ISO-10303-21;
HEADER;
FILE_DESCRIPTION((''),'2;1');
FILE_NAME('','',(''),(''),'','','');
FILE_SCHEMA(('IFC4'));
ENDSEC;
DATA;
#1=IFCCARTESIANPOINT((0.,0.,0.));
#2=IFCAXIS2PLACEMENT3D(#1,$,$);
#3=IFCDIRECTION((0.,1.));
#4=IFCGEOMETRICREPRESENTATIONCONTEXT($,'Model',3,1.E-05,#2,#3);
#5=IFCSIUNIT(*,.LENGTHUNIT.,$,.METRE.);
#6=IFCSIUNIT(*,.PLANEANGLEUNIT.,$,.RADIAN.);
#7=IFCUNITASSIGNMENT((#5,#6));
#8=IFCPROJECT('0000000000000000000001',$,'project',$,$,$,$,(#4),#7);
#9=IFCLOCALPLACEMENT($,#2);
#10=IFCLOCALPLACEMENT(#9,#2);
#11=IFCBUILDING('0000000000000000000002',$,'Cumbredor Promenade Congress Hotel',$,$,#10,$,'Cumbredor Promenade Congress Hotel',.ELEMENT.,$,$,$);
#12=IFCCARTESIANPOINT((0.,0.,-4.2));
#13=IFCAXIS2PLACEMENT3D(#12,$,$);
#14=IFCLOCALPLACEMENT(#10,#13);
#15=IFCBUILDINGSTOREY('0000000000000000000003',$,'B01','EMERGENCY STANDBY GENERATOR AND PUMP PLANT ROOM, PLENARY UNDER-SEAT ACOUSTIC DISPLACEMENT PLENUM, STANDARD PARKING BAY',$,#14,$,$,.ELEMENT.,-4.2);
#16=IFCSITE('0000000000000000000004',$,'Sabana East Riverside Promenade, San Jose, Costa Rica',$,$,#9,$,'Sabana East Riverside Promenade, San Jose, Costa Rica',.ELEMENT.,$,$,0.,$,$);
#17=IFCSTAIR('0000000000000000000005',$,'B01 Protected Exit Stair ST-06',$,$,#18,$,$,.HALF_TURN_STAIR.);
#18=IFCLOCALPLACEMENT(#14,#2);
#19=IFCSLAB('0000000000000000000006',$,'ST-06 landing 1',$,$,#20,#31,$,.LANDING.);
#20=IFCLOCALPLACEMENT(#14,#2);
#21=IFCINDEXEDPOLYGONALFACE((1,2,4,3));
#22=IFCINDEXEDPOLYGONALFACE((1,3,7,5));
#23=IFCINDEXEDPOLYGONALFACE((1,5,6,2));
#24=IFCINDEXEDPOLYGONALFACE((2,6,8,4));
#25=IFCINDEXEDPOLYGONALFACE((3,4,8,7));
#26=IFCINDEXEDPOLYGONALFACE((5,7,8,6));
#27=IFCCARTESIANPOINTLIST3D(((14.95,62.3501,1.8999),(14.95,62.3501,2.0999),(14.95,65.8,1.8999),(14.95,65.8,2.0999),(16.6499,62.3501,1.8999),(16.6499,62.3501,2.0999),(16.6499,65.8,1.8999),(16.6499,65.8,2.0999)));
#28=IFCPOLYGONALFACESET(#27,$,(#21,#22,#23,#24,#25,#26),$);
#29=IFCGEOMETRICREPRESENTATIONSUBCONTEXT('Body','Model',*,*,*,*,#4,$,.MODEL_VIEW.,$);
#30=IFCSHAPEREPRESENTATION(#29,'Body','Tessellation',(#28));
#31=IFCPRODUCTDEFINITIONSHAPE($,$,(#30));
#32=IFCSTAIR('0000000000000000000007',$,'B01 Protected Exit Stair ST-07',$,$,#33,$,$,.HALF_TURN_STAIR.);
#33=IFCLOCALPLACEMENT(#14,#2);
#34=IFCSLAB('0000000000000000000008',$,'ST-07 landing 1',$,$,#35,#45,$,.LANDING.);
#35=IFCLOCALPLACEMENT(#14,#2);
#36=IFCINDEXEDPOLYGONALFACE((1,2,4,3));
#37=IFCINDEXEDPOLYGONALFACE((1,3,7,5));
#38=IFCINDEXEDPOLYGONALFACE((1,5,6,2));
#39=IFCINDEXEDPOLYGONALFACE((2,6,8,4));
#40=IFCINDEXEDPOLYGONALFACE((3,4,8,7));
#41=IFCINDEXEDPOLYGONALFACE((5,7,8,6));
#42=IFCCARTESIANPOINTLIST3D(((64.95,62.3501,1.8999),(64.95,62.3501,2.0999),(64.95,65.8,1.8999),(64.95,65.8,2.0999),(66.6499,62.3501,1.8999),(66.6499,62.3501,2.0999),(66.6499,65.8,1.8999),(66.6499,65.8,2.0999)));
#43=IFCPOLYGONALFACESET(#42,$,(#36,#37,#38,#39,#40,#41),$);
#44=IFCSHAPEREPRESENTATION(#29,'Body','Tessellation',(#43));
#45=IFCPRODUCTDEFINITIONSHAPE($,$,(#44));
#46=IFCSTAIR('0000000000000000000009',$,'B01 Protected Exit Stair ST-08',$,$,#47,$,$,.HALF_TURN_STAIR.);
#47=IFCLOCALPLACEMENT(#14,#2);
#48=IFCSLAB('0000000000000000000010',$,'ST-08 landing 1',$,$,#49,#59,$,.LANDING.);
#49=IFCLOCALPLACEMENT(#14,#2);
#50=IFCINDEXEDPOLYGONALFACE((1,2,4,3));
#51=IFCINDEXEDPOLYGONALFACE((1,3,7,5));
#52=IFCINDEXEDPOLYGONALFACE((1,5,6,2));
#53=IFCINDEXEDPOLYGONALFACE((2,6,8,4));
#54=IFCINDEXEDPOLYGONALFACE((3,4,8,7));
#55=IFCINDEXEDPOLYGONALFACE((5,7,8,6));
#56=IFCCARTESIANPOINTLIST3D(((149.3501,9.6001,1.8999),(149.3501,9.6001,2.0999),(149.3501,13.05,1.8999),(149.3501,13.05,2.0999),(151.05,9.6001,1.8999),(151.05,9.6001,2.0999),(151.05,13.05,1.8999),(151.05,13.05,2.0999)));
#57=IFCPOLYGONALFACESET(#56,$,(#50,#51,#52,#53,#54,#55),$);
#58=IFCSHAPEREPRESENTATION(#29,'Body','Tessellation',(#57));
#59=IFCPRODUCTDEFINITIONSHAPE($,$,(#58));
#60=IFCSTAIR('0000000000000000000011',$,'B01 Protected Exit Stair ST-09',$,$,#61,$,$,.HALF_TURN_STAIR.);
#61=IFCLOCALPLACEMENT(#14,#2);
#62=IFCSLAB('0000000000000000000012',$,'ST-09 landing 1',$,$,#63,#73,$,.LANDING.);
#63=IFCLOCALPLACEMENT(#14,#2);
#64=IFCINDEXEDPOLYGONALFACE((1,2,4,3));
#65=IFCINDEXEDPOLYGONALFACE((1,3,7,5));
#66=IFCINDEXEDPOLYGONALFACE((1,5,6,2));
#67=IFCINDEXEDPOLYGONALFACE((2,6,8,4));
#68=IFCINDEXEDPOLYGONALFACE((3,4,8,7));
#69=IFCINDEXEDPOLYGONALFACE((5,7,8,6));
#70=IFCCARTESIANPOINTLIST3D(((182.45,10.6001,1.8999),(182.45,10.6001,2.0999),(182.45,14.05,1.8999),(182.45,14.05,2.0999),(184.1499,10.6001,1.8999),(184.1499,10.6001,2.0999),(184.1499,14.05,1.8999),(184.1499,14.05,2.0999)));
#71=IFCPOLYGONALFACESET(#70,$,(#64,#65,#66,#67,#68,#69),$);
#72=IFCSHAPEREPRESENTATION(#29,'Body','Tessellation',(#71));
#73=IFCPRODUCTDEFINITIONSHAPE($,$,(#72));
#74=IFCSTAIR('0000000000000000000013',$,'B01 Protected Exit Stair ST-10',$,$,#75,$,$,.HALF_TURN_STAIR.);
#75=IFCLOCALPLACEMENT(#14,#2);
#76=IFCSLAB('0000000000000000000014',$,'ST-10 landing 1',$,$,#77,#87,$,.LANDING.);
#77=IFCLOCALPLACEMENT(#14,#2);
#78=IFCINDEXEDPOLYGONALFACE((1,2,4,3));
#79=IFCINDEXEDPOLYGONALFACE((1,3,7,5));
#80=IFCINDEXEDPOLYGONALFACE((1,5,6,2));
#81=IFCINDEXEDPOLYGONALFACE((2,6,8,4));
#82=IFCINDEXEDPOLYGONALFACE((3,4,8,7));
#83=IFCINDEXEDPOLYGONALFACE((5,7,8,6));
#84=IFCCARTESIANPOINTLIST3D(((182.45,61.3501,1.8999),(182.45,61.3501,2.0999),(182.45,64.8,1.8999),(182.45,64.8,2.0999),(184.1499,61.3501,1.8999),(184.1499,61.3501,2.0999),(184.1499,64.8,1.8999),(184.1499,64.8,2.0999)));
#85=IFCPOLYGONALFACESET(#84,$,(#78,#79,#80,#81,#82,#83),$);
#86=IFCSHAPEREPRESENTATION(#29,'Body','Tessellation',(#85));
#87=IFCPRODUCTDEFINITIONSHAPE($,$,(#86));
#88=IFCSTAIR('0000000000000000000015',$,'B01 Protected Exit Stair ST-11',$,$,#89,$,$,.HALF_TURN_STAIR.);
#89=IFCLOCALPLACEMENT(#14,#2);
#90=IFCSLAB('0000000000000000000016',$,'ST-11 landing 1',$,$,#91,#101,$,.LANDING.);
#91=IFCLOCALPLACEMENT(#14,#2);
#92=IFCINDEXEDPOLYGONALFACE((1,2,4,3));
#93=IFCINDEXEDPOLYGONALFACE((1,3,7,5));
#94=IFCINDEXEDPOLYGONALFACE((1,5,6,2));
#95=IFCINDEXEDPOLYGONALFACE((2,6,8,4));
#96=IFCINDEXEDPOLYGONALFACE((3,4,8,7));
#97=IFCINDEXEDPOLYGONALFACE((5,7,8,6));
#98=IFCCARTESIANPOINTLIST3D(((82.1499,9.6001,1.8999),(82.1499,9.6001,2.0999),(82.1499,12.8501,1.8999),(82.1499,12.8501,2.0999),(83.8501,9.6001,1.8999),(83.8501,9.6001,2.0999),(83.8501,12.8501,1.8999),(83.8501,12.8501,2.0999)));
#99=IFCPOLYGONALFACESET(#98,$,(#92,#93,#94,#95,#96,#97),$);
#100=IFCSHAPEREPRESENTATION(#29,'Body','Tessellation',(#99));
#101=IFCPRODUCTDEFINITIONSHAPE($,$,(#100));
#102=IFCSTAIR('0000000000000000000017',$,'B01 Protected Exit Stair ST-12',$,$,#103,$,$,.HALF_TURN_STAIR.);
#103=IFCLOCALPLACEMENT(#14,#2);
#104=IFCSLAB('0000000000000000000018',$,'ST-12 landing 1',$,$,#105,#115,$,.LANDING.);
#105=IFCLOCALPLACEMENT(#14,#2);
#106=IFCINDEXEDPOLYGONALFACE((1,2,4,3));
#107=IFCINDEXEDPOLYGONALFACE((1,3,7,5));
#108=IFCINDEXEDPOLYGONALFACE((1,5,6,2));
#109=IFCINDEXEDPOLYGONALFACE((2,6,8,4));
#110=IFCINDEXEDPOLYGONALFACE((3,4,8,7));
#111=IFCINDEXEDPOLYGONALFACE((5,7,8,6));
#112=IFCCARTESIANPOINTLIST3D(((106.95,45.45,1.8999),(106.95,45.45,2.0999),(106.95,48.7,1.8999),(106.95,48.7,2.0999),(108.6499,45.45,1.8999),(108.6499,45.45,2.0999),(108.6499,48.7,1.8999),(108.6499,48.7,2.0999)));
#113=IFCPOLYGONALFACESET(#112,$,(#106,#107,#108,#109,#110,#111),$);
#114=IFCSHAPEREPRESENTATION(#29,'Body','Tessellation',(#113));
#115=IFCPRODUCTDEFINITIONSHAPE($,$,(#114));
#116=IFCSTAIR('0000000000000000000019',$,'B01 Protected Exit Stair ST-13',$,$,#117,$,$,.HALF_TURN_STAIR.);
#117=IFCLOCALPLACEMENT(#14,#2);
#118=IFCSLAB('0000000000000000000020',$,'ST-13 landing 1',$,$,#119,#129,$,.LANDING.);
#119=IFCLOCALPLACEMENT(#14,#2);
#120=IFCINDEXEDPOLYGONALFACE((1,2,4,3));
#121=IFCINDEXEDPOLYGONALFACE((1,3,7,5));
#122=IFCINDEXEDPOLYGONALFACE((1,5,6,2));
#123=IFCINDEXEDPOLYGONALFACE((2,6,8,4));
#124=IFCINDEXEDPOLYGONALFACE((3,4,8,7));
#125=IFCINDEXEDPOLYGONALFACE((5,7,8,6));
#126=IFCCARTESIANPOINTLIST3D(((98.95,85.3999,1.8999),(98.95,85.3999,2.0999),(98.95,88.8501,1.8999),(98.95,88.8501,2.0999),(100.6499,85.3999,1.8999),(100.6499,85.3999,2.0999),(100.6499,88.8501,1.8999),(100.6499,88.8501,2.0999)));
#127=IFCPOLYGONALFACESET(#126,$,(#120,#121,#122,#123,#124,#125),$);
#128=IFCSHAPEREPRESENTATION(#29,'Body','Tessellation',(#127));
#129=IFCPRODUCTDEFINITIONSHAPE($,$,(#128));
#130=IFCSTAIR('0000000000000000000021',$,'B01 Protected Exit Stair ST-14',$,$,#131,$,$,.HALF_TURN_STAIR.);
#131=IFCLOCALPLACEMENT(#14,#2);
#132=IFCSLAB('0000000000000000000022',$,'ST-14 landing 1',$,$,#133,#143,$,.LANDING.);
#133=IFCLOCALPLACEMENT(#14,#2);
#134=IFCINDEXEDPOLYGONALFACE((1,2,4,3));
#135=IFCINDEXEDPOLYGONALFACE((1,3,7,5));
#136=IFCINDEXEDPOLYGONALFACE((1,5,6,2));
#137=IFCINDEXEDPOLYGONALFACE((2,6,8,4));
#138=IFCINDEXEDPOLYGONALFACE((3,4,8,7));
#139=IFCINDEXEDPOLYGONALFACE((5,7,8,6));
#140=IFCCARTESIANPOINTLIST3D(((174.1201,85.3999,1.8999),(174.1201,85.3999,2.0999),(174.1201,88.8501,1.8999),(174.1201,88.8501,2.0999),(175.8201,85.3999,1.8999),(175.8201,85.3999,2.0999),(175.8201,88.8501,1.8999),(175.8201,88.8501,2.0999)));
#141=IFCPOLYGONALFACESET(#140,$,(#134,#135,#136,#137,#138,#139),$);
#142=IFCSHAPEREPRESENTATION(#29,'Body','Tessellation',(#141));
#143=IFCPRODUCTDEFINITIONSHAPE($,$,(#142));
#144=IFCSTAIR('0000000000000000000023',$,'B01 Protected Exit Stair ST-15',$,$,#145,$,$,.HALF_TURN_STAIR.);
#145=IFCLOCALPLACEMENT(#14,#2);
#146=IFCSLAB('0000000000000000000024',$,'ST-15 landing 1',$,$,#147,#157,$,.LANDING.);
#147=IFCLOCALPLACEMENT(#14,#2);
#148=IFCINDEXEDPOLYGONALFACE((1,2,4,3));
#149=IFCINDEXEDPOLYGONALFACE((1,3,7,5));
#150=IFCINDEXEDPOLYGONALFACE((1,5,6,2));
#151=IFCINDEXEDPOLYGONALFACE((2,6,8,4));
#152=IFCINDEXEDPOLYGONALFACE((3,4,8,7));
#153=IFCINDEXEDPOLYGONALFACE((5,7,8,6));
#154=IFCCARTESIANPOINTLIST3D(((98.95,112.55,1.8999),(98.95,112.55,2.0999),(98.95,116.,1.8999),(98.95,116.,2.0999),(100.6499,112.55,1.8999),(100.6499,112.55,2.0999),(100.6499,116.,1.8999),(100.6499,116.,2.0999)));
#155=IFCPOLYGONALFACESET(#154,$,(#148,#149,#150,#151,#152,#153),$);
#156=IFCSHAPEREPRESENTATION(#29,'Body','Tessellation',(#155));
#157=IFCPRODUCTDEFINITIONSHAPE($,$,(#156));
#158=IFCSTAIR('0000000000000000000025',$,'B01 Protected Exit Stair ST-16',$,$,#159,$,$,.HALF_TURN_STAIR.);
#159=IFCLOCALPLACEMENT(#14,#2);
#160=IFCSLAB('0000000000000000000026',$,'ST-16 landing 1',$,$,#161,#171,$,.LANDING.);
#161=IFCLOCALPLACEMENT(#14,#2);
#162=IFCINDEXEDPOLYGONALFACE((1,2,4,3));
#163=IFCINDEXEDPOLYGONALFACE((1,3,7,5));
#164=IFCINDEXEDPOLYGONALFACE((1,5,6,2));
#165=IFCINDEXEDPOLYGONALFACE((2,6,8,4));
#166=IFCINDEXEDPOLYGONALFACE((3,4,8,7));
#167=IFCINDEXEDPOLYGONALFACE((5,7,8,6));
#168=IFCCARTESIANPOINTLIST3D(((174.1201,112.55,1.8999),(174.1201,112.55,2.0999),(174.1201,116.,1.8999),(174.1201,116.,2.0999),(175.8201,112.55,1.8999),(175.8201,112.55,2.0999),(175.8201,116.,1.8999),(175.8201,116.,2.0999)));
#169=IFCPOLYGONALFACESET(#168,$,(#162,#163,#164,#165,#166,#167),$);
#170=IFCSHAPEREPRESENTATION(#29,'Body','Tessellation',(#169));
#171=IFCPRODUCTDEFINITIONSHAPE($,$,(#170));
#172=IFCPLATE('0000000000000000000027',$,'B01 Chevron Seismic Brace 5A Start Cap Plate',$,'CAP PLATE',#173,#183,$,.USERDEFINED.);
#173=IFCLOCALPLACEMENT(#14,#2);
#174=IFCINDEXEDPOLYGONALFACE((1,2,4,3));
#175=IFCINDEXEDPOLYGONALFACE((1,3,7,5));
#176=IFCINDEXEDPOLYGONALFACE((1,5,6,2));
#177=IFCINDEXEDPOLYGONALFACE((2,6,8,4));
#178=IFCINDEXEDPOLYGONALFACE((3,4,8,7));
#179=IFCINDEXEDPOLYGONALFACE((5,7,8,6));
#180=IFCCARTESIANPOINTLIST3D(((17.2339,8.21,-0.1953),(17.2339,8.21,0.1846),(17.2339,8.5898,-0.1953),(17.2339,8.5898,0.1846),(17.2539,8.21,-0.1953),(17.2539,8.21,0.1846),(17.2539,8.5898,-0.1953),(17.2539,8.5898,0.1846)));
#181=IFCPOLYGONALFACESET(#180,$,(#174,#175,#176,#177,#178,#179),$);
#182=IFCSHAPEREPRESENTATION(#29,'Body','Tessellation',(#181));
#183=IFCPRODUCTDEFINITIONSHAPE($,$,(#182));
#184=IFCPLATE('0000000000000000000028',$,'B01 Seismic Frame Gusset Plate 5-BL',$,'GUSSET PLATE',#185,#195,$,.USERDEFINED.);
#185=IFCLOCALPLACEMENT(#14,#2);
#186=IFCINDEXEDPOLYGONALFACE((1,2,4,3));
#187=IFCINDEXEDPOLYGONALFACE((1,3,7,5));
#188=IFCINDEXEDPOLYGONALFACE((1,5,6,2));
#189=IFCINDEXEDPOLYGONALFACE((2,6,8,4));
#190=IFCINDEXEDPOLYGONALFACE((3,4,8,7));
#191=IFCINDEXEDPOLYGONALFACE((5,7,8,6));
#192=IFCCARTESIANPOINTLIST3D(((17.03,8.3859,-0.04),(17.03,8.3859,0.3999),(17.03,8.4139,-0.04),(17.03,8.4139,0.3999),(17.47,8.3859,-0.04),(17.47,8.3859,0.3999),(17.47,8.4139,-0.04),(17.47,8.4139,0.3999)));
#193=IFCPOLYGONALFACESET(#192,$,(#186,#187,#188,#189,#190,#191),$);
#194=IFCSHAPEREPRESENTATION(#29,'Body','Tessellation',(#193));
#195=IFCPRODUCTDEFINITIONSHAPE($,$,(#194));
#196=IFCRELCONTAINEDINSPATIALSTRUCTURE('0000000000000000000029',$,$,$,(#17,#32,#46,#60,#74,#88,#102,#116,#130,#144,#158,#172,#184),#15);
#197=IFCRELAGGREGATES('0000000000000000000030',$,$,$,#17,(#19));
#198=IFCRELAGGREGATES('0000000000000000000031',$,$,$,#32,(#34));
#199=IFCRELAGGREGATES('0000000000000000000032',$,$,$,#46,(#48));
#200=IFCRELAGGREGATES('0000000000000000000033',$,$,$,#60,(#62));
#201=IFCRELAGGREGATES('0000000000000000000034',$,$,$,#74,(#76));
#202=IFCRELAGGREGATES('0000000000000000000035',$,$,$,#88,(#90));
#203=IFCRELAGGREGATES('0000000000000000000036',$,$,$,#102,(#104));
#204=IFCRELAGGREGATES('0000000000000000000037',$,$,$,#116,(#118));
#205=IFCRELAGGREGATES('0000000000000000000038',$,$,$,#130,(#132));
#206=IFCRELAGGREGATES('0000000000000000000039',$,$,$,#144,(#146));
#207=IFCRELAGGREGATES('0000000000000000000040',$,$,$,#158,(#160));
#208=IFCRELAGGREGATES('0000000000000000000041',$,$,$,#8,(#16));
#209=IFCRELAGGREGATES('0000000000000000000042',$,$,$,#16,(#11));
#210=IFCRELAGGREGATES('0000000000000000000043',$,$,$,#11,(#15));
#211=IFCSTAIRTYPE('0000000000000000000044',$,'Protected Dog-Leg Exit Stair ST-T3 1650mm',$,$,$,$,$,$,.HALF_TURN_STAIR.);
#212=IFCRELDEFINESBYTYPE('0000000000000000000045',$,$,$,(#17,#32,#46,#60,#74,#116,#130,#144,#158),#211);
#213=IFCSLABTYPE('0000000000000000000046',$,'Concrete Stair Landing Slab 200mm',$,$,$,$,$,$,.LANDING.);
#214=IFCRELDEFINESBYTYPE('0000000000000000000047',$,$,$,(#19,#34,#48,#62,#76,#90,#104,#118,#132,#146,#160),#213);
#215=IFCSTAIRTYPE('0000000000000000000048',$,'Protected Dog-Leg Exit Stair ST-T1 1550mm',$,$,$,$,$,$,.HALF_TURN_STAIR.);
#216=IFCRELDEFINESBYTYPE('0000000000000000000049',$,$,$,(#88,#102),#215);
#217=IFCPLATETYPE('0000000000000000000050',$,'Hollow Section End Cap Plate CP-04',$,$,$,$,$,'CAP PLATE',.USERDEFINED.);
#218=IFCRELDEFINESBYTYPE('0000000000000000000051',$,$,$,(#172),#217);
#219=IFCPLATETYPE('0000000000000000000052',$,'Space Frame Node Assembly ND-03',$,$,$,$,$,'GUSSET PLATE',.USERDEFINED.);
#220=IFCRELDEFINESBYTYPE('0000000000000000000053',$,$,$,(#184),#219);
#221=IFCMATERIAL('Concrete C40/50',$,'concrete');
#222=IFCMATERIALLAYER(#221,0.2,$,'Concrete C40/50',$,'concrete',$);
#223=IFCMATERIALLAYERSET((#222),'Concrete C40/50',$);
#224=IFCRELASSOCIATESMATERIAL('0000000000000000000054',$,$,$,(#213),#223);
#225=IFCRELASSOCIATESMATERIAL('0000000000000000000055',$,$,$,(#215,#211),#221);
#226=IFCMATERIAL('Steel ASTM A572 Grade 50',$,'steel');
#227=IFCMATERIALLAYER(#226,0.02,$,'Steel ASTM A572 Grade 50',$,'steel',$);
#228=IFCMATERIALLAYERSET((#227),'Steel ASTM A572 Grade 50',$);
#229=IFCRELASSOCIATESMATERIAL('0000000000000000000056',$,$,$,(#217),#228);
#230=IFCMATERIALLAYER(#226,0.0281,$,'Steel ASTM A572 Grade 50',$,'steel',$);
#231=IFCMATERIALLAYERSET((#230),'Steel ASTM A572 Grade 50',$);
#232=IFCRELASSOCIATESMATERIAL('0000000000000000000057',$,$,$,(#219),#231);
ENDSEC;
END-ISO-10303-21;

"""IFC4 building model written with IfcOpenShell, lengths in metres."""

from ifc_helpers import new_model, si_unit, direction, frame, origin, origin_2d, place, context, subcontext, project, spatial, polyline, rectangle, outline, extrude, material, layer, layer_set, type_object, element, aggregate, save


model = new_model("IFC4")

# Units and contexts
model_context = context("Model", 3, precision=1e-05, world=origin(), true_north=direction((0.0, 1.0)))
body_context = subcontext(model_context, "Body", "Model", "MODEL_VIEW")
ifc_project = project(units=[si_unit("LENGTHUNIT", "METRE"), si_unit("PLANEANGLEUNIT", "RADIAN")], contexts=[model_context])

# Site, building, storey
site_placement = place(None, origin())
site = spatial("IfcSite", under=ifc_project, at=site_placement, Name="Sabana East Riverside Promenade, San Jose, Costa Rica", LongName="Sabana East Riverside Promenade, San Jose, Costa Rica", CompositionType="ELEMENT", RefElevation=0.0)
building_placement = place(site_placement, origin())
building = spatial("IfcBuilding", under=site, at=building_placement, Name="Cumbredor Promenade Congress Hotel", LongName="Cumbredor Promenade Congress Hotel", CompositionType="ELEMENT")
storey_placement = place(building_placement, frame((0.0, 0.0, -4.2)))
storey = spatial("IfcBuildingStorey", under=building, at=storey_placement, Name="B01", Description="EMERGENCY STANDBY GENERATOR AND PUMP PLANT ROOM, PLENARY UNDER-SEAT ACOUSTIC DISPLACEMENT PLENUM, STANDARD PARKING BAY", CompositionType="ELEMENT", Elevation=-4.2)

# Shared definitions
ifc_material_1 = material(Name="Concrete C40/50", Category="concrete")

# Stairs, slabs
ifc_layer_1 = layer(ifc_material_1, 0.2, Name="Concrete C40/50", Category="concrete")
ifc_layer_set_1 = layer_set([ifc_layer_1], Name="Concrete C40/50")
slab_type_1 = type_object("IfcSlabType", Name="Concrete Stair Landing Slab 200mm", PredefinedType="LANDING", material=ifc_layer_set_1)
stair_type_1 = type_object("IfcStairType", Name="Protected Dog-Leg Exit Stair ST-T1 1550mm", PredefinedType="HALF_TURN_STAIR", material=ifc_material_1)
stair_type_2 = type_object("IfcStairType", Name="Protected Dog-Leg Exit Stair ST-T3 1650mm", PredefinedType="HALF_TURN_STAIR", material=ifc_material_1)
stair_1_placement = place(storey_placement, origin())
stair_1 = element("IfcStair", 1, at=stair_1_placement, inside=storey, type_object=stair_type_2, Name="B01 Protected Exit Stair ST-06", PredefinedType="HALF_TURN_STAIR")
slab_1_placement = place(storey_placement, frame((0.0, 0.0, 1.8999)))
slab_1 = element("IfcSlab", 2, at=slab_1_placement, type_object=slab_type_1, Name="ST-06 landing 1", PredefinedType="LANDING", context=body_context, shape_type="SweptSolid", body=[
    extrude(outline(polyline([(14.95, 62.3501), (16.6499, 62.3501), (16.6499, 65.8), (14.95, 65.8), (14.95, 62.3501)])), origin(), (0.0, 0.0, 1.0), 0.2),
])
aggregate(stair_1, [slab_1])
stair_2_placement = place(storey_placement, origin())
stair_2 = element("IfcStair", 3, at=stair_2_placement, inside=storey, type_object=stair_type_2, Name="B01 Protected Exit Stair ST-07", PredefinedType="HALF_TURN_STAIR")
slab_2_placement = place(storey_placement, frame((0.0, 0.0, 1.8999)))
slab_2 = element("IfcSlab", 4, at=slab_2_placement, type_object=slab_type_1, Name="ST-07 landing 1", PredefinedType="LANDING", context=body_context, shape_type="SweptSolid", body=[
    extrude(outline(polyline([(64.95, 62.3501), (66.6499, 62.3501), (66.6499, 65.8), (64.95, 65.8), (64.95, 62.3501)])), origin(), (0.0, 0.0, 1.0), 0.2),
])
aggregate(stair_2, [slab_2])
stair_3_placement = place(storey_placement, origin())
stair_3 = element("IfcStair", 5, at=stair_3_placement, inside=storey, type_object=stair_type_2, Name="B01 Protected Exit Stair ST-08", PredefinedType="HALF_TURN_STAIR")
slab_3_placement = place(storey_placement, frame((0.0, 0.0, 1.8999)))
slab_3 = element("IfcSlab", 6, at=slab_3_placement, type_object=slab_type_1, Name="ST-08 landing 1", PredefinedType="LANDING", context=body_context, shape_type="SweptSolid", body=[
    extrude(outline(polyline([(149.3501, 9.6001), (151.05, 9.6001), (151.05, 13.05), (149.3501, 13.05), (149.3501, 9.6001)])), origin(), (0.0, 0.0, 1.0), 0.2),
])
aggregate(stair_3, [slab_3])
stair_4_placement = place(storey_placement, origin())
stair_4 = element("IfcStair", 7, at=stair_4_placement, inside=storey, type_object=stair_type_2, Name="B01 Protected Exit Stair ST-09", PredefinedType="HALF_TURN_STAIR")
slab_4_placement = place(storey_placement, frame((0.0, 0.0, 1.8999)))
slab_4 = element("IfcSlab", 8, at=slab_4_placement, type_object=slab_type_1, Name="ST-09 landing 1", PredefinedType="LANDING", context=body_context, shape_type="SweptSolid", body=[
    extrude(outline(polyline([(182.45, 10.6001), (184.1499, 10.6001), (184.1499, 14.05), (182.45, 14.05), (182.45, 10.6001)])), origin(), (0.0, 0.0, 1.0), 0.2),
])
aggregate(stair_4, [slab_4])
stair_5_placement = place(storey_placement, origin())
stair_5 = element("IfcStair", 9, at=stair_5_placement, inside=storey, type_object=stair_type_2, Name="B01 Protected Exit Stair ST-10", PredefinedType="HALF_TURN_STAIR")
slab_5_placement = place(storey_placement, frame((0.0, 0.0, 1.8999)))
slab_5 = element("IfcSlab", 10, at=slab_5_placement, type_object=slab_type_1, Name="ST-10 landing 1", PredefinedType="LANDING", context=body_context, shape_type="SweptSolid", body=[
    extrude(outline(polyline([(182.45, 61.3501), (184.1499, 61.3501), (184.1499, 64.8), (182.45, 64.8), (182.45, 61.3501)])), origin(), (0.0, 0.0, 1.0), 0.2),
])
aggregate(stair_5, [slab_5])
stair_6_placement = place(storey_placement, origin())
stair_6 = element("IfcStair", 11, at=stair_6_placement, inside=storey, type_object=stair_type_1, Name="B01 Protected Exit Stair ST-11", PredefinedType="HALF_TURN_STAIR")
slab_6_placement = place(storey_placement, frame((0.0, 0.0, 1.8999)))
slab_6 = element("IfcSlab", 12, at=slab_6_placement, type_object=slab_type_1, Name="ST-11 landing 1", PredefinedType="LANDING", context=body_context, shape_type="SweptSolid", body=[
    extrude(outline(polyline([(82.1499, 9.6001), (83.8501, 9.6001), (83.8501, 12.8501), (82.1499, 12.8501), (82.1499, 9.6001)])), origin(), (0.0, 0.0, 1.0), 0.2),
])
aggregate(stair_6, [slab_6])
stair_7_placement = place(storey_placement, origin())
stair_7 = element("IfcStair", 13, at=stair_7_placement, inside=storey, type_object=stair_type_1, Name="B01 Protected Exit Stair ST-12", PredefinedType="HALF_TURN_STAIR")
slab_7_placement = place(storey_placement, frame((0.0, 0.0, 1.8999)))
slab_7 = element("IfcSlab", 14, at=slab_7_placement, type_object=slab_type_1, Name="ST-12 landing 1", PredefinedType="LANDING", context=body_context, shape_type="SweptSolid", body=[
    extrude(outline(polyline([(106.95, 45.45), (108.6499, 45.45), (108.6499, 48.7), (106.95, 48.7), (106.95, 45.45)])), origin(), (0.0, 0.0, 1.0), 0.2),
])
aggregate(stair_7, [slab_7])
stair_8_placement = place(storey_placement, origin())
stair_8 = element("IfcStair", 15, at=stair_8_placement, inside=storey, type_object=stair_type_2, Name="B01 Protected Exit Stair ST-13", PredefinedType="HALF_TURN_STAIR")
slab_8_placement = place(storey_placement, frame((0.0, 0.0, 1.8999)))
slab_8 = element("IfcSlab", 16, at=slab_8_placement, type_object=slab_type_1, Name="ST-13 landing 1", PredefinedType="LANDING", context=body_context, shape_type="SweptSolid", body=[
    extrude(outline(polyline([(98.95, 85.3999), (100.6499, 85.3999), (100.6499, 88.8501), (98.95, 88.8501), (98.95, 85.3999)])), origin(), (0.0, 0.0, 1.0), 0.2),
])
aggregate(stair_8, [slab_8])
stair_9_placement = place(storey_placement, origin())
stair_9 = element("IfcStair", 17, at=stair_9_placement, inside=storey, type_object=stair_type_2, Name="B01 Protected Exit Stair ST-14", PredefinedType="HALF_TURN_STAIR")
slab_9_placement = place(storey_placement, frame((0.0, 0.0, 1.8999)))
slab_9 = element("IfcSlab", 18, at=slab_9_placement, type_object=slab_type_1, Name="ST-14 landing 1", PredefinedType="LANDING", context=body_context, shape_type="SweptSolid", body=[
    extrude(outline(polyline([(174.1201, 85.3999), (175.8201, 85.3999), (175.8201, 88.8501), (174.1201, 88.8501), (174.1201, 85.3999)])), origin(), (0.0, 0.0, 1.0), 0.2),
])
aggregate(stair_9, [slab_9])
stair_10_placement = place(storey_placement, origin())
stair_10 = element("IfcStair", 19, at=stair_10_placement, inside=storey, type_object=stair_type_2, Name="B01 Protected Exit Stair ST-15", PredefinedType="HALF_TURN_STAIR")
slab_10_placement = place(storey_placement, frame((0.0, 0.0, 1.8999)))
slab_10 = element("IfcSlab", 20, at=slab_10_placement, type_object=slab_type_1, Name="ST-15 landing 1", PredefinedType="LANDING", context=body_context, shape_type="SweptSolid", body=[
    extrude(outline(polyline([(98.95, 112.55), (100.6499, 112.55), (100.6499, 116.0), (98.95, 116.0), (98.95, 112.55)])), origin(), (0.0, 0.0, 1.0), 0.2),
])
aggregate(stair_10, [slab_10])
stair_11_placement = place(storey_placement, origin())
stair_11 = element("IfcStair", 21, at=stair_11_placement, inside=storey, type_object=stair_type_2, Name="B01 Protected Exit Stair ST-16", PredefinedType="HALF_TURN_STAIR")
slab_11_placement = place(storey_placement, frame((0.0, 0.0, 1.8999)))
slab_11 = element("IfcSlab", 22, at=slab_11_placement, type_object=slab_type_1, Name="ST-16 landing 1", PredefinedType="LANDING", context=body_context, shape_type="SweptSolid", body=[
    extrude(outline(polyline([(174.1201, 112.55), (175.8201, 112.55), (175.8201, 116.0), (174.1201, 116.0), (174.1201, 112.55)])), origin(), (0.0, 0.0, 1.0), 0.2),
])
aggregate(stair_11, [slab_11])

# Plates
ifc_material_2 = material(Name="Steel ASTM A572 Grade 50", Category="steel")
ifc_layer_2 = layer(ifc_material_2, 0.02, Name="Steel ASTM A572 Grade 50", Category="steel")
ifc_layer_set_2 = layer_set([ifc_layer_2], Name="Steel ASTM A572 Grade 50")
plate_type_1 = type_object("IfcPlateType", Name="Hollow Section End Cap Plate CP-04", ElementType="CAP PLATE", PredefinedType="USERDEFINED", material=ifc_layer_set_2)
plate_1_placement = place(storey_placement, frame((17.2439, 8.3999, -0.1953), z_axis=(0.0, 0.0, 1.0), x_axis=(1.0, 0.0, 0.0)))
element("IfcPlate", 23, at=plate_1_placement, inside=storey, type_object=plate_type_1, Name="B01 Chevron Seismic Brace 5A Start Cap Plate", ObjectType="CAP PLATE", PredefinedType="USERDEFINED", context=body_context, shape_type="SweptSolid", body=[
    extrude(rectangle(XDim=0.02, YDim=0.3799, at=origin_2d()), origin(), (0.0, 0.0, 1.0), 0.3799),
])
ifc_layer_3 = layer(ifc_material_2, 0.0281, Name="Steel ASTM A572 Grade 50", Category="steel")
ifc_layer_set_3 = layer_set([ifc_layer_3], Name="Steel ASTM A572 Grade 50")
plate_type_2 = type_object("IfcPlateType", Name="Space Frame Node Assembly ND-03", ElementType="GUSSET PLATE", PredefinedType="USERDEFINED", material=ifc_layer_set_3)
plate_2_placement = place(storey_placement, frame((17.25, 8.3999, -0.04), z_axis=(0.0, 0.0, 1.0), x_axis=(1.0, 0.0, 0.0)))
element("IfcPlate", 24, at=plate_2_placement, inside=storey, type_object=plate_type_2, Name="B01 Seismic Frame Gusset Plate 5-BL", ObjectType="GUSSET PLATE", PredefinedType="USERDEFINED", context=body_context, shape_type="SweptSolid", body=[
    extrude(rectangle(XDim=0.4399, YDim=0.0281, at=origin_2d()), origin(), (0.0, 0.0, 1.0), 0.4399),
])

save(model, "model.ifc")
